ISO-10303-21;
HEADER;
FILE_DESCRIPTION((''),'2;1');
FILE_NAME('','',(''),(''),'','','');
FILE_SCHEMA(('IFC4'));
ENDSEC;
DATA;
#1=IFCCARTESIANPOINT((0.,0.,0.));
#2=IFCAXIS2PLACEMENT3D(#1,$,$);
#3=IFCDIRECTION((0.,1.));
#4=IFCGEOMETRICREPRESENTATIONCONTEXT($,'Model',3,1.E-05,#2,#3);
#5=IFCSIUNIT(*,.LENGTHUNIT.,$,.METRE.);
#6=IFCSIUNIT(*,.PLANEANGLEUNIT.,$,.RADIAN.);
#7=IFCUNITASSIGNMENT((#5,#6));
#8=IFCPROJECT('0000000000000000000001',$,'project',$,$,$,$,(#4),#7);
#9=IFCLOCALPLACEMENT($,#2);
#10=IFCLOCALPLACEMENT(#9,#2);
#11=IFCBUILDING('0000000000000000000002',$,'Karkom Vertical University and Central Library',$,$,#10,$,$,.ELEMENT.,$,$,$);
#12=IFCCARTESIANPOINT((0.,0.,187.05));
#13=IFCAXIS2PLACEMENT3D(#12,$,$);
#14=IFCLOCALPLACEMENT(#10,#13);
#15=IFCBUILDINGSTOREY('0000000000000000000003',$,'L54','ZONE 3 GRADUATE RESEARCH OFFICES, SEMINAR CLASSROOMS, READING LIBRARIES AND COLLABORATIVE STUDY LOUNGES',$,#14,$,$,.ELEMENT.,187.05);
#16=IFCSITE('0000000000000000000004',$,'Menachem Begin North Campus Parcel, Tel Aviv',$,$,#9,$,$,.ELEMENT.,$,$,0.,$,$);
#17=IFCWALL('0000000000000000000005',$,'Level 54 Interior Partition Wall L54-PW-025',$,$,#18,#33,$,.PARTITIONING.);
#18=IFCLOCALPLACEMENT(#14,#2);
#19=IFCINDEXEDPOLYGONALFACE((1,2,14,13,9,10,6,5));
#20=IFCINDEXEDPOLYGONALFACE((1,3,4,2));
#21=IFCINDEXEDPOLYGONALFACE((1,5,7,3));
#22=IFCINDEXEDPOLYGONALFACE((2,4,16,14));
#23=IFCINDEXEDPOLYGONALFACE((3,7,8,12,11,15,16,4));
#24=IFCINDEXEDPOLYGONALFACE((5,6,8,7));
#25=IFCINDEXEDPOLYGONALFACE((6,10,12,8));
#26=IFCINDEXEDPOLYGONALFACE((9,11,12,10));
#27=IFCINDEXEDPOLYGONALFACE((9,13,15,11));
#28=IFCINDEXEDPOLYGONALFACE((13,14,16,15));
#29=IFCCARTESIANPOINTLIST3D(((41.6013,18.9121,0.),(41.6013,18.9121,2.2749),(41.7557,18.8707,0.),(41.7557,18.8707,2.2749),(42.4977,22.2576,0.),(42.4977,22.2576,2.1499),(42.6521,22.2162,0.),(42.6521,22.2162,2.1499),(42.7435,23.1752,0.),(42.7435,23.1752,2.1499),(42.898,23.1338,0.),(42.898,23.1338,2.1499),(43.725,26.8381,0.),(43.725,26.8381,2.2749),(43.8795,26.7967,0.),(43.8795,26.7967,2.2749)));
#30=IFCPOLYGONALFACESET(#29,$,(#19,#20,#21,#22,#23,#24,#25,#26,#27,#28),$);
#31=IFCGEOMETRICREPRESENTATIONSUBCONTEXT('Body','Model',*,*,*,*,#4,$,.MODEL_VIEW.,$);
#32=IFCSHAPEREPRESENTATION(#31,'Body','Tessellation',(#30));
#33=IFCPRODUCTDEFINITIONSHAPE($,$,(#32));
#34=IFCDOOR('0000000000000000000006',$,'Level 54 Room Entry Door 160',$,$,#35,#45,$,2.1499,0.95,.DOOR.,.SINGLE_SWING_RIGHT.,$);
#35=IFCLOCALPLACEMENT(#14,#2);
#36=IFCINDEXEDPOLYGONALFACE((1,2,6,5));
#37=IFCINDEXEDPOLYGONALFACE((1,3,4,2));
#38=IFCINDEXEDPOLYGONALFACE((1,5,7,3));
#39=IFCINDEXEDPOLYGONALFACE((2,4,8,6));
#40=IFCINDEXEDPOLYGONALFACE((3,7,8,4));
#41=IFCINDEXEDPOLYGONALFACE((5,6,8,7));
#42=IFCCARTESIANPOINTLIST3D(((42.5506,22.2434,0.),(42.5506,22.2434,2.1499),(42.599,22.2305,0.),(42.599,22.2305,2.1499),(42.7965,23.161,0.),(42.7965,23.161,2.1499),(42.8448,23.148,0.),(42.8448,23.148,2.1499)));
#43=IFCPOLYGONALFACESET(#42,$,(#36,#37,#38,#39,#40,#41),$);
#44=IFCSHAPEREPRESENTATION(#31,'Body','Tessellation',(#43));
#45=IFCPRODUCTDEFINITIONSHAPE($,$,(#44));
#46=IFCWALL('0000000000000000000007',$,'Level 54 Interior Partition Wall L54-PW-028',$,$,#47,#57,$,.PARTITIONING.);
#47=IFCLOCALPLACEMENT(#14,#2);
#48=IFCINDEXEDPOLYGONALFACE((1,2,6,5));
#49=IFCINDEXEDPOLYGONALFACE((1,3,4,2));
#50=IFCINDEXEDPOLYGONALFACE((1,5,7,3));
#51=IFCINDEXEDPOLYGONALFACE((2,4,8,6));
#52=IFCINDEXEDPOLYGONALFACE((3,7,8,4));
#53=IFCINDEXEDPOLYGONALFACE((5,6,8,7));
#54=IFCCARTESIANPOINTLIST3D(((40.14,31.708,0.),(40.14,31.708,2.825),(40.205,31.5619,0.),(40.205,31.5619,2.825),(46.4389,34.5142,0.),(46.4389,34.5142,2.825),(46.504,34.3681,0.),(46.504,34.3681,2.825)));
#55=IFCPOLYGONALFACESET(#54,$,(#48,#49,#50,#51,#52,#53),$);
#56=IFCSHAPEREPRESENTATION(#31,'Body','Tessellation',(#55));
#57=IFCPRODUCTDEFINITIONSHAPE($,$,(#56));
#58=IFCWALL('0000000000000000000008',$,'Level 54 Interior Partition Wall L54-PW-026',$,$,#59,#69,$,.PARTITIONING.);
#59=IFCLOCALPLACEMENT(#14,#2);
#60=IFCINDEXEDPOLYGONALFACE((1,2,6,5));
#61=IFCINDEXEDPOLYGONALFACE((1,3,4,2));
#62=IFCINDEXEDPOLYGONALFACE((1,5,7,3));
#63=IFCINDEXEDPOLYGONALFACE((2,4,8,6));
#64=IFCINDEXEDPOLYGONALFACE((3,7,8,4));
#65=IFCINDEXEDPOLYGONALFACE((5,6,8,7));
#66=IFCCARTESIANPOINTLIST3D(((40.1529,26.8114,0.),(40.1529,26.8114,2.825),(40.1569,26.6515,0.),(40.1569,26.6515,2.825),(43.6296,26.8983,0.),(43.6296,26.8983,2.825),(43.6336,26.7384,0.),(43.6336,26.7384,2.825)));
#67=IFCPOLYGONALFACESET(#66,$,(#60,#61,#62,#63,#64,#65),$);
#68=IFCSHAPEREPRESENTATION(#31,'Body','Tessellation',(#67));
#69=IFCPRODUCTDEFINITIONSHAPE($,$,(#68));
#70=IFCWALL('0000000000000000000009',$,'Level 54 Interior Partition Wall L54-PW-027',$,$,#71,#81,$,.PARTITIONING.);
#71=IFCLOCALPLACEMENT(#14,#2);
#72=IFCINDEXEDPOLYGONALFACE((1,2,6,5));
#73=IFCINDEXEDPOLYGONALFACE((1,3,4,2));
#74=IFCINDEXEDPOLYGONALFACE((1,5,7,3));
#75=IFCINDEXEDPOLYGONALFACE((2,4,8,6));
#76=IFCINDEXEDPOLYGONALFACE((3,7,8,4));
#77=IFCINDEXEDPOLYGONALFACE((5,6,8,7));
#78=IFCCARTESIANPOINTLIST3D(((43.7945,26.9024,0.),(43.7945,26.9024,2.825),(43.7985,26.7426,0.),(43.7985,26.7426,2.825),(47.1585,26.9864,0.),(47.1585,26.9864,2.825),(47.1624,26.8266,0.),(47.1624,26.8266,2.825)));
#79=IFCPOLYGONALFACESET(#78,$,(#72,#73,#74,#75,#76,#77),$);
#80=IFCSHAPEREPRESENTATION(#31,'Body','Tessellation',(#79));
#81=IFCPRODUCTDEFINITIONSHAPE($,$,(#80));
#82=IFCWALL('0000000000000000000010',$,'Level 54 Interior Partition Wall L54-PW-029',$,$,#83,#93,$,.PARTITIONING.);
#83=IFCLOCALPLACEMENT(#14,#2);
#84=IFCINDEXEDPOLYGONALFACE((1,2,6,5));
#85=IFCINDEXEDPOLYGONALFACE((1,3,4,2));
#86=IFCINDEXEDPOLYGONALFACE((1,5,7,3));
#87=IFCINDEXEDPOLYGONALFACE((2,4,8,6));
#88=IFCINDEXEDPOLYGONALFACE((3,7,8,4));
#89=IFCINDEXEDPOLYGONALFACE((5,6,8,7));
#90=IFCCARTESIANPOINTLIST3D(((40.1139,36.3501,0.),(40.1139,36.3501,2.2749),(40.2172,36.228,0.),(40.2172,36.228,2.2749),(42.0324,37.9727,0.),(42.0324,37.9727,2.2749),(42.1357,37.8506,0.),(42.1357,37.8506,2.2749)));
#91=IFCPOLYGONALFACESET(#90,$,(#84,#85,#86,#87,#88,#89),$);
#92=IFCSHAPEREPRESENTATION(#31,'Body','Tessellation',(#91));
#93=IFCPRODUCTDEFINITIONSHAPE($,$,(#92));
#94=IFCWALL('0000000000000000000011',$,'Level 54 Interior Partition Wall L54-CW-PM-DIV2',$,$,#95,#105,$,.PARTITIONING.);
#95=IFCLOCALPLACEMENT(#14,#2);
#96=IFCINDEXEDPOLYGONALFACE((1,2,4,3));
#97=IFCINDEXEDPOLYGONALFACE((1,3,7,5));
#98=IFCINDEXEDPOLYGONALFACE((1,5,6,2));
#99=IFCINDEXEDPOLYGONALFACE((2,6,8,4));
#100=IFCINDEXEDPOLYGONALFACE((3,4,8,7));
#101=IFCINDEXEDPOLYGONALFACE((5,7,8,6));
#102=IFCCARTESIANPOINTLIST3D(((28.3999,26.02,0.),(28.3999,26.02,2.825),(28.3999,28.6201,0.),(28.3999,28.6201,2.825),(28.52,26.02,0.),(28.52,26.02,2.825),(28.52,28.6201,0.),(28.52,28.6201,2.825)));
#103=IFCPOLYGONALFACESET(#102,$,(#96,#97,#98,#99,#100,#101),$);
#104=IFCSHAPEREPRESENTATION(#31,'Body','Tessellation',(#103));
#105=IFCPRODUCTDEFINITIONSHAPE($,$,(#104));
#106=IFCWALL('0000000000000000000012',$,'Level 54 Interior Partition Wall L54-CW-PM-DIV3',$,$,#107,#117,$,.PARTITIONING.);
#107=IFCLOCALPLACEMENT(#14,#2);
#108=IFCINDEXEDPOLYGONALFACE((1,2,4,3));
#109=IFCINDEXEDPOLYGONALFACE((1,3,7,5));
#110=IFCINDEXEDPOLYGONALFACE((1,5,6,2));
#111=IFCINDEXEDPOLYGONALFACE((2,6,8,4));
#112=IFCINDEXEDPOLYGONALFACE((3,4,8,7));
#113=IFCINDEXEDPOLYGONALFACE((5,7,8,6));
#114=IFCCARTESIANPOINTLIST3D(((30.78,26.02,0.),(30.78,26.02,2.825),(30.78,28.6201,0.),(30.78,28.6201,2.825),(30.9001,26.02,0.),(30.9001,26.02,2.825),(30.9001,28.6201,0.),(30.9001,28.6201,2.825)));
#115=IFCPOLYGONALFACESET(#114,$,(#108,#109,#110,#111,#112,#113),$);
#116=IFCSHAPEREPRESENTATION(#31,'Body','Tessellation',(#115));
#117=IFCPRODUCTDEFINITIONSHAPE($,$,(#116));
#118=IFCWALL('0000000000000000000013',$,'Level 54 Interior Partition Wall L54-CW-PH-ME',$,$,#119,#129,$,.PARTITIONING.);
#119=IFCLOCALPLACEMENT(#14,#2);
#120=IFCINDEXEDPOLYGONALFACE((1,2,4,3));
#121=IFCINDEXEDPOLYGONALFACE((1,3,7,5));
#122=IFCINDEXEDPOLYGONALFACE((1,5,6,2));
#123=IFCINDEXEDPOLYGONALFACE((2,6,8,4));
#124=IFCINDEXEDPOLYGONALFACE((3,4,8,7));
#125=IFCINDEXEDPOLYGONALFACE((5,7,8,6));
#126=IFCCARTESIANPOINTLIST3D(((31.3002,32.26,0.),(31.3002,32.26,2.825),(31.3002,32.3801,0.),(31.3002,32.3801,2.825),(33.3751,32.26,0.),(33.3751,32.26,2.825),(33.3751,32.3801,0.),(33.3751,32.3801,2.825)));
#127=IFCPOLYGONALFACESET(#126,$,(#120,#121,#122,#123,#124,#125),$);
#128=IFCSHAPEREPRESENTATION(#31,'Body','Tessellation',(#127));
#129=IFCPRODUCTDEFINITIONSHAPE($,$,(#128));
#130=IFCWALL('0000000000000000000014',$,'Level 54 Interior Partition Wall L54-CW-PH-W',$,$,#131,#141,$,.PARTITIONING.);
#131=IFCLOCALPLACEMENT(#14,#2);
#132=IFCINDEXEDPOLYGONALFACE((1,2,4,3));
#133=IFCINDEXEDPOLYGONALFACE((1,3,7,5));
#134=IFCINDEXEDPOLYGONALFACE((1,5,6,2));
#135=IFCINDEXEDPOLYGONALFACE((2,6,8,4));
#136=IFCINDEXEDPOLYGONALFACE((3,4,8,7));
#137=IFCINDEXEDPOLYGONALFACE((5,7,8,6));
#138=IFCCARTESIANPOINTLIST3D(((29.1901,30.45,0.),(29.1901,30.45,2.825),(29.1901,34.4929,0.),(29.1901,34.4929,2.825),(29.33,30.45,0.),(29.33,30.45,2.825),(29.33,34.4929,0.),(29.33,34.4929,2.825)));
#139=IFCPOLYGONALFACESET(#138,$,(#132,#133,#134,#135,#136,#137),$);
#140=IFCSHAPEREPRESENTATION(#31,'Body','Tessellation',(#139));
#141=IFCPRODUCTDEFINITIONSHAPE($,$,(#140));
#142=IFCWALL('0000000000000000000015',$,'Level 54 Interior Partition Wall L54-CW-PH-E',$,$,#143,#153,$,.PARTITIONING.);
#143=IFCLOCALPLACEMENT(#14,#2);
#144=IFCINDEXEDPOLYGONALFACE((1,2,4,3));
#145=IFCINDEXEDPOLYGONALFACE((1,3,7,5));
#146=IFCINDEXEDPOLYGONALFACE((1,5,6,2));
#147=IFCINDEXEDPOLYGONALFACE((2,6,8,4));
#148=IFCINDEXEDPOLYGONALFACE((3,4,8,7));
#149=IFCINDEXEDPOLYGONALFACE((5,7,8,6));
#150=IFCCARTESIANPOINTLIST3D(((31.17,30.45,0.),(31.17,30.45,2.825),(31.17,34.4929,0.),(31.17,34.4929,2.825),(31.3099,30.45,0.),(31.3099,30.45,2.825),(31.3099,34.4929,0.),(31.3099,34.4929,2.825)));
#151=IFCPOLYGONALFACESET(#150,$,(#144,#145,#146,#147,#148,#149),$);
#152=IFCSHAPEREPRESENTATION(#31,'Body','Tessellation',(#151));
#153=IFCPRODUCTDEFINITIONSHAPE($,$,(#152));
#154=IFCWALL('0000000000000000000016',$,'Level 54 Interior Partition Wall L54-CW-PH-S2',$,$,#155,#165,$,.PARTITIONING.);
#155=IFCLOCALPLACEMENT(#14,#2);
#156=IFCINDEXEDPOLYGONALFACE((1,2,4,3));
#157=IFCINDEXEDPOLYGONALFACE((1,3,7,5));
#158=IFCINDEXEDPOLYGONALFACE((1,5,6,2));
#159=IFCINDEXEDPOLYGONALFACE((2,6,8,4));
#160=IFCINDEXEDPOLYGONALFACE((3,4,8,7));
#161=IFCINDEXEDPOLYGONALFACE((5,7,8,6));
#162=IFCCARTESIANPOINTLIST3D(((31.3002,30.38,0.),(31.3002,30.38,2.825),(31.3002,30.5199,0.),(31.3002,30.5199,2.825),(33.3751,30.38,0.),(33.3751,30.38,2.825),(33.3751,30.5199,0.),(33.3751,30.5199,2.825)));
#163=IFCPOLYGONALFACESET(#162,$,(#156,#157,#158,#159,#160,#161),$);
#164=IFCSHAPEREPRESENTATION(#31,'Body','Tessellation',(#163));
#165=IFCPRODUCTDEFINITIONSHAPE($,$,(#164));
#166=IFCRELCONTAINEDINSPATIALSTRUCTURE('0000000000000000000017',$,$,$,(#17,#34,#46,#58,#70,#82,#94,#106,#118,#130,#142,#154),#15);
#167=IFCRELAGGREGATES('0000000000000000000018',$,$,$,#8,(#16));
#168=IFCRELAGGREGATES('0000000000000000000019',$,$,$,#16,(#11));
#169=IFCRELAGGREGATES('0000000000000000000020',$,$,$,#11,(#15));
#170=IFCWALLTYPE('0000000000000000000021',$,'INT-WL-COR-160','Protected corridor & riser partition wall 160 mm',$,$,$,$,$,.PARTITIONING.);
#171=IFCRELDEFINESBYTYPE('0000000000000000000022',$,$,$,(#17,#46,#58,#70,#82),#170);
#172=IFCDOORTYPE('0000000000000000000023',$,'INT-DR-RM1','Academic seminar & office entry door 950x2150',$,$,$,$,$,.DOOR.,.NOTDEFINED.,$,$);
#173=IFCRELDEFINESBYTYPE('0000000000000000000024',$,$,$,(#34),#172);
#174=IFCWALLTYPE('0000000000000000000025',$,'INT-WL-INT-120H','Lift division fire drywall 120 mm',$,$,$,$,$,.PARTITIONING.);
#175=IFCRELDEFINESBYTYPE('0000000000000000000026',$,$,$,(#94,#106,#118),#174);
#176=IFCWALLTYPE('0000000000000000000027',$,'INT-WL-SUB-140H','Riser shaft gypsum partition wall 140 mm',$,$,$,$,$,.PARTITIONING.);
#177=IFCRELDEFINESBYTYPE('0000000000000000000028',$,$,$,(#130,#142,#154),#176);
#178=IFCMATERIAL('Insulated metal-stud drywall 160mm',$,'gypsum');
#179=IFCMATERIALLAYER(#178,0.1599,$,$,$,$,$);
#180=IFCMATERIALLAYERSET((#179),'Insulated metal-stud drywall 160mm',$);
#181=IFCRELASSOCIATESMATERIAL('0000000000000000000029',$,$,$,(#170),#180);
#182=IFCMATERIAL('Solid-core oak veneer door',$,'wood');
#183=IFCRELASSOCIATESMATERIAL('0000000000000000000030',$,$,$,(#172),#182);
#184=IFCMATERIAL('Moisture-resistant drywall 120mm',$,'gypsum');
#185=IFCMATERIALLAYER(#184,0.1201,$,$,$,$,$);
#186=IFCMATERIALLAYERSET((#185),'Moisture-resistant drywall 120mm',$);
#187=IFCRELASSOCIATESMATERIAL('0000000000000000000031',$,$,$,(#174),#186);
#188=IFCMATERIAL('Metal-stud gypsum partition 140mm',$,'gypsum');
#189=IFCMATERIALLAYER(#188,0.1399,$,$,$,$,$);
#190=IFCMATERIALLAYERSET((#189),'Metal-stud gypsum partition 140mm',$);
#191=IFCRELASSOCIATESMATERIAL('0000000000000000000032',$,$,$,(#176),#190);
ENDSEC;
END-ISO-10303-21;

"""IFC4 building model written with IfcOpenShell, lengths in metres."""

from ifc_helpers import new_model, si_unit, direction, frame, frame_2d, origin, origin_with_axes, place, context, subcontext, project, spatial, rectangle, extrude, source, transform, mapped, material, layer, layer_set, type_object, element, fill, save


model = new_model("IFC4")

# Units and contexts
model_context = context("Model", 3, precision=1e-05, world=origin(), true_north=direction((0.0, 1.0)))
body_context = subcontext(model_context, "Body", "Model", "MODEL_VIEW")
ifc_project = project(units=[si_unit("LENGTHUNIT", "METRE"), si_unit("PLANEANGLEUNIT", "RADIAN")], contexts=[model_context])

# Site, building, storey
site_placement = place(None, origin())
site = spatial("IfcSite", under=ifc_project, at=site_placement, Name="Menachem Begin North Campus Parcel, Tel Aviv", CompositionType="ELEMENT", RefElevation=0.0)
building_placement = place(site_placement, origin())
building = spatial("IfcBuilding", under=site, at=building_placement, Name="Karkom Vertical University and Central Library", CompositionType="ELEMENT")
storey_placement = place(building_placement, frame((0.0, 0.0, 187.05)))
storey = spatial("IfcBuildingStorey", under=building, at=storey_placement, Name="L54", Description="ZONE 3 GRADUATE RESEARCH OFFICES, SEMINAR CLASSROOMS, READING LIBRARIES AND COLLABORATIVE STUDY LOUNGES", CompositionType="ELEMENT", Elevation=187.05)

# Wall, opening, door
ifc_material_1 = material(Name="Insulated metal-stud drywall 160mm", Category="gypsum")
ifc_layer_1 = layer(ifc_material_1, 0.1599)
ifc_layer_set_1 = layer_set([ifc_layer_1], Name="Insulated metal-stud drywall 160mm")
wall_type_1 = type_object("IfcWallType", Name="INT-WL-COR-160", Description="Protected corridor & riser partition wall 160 mm", PredefinedType="PARTITIONING", material=ifc_layer_set_1)
ifc_material_2 = material(Name="Solid-core oak veneer door", Category="wood")
door_type_1 = type_object("IfcDoorType", Name="INT-DR-RM1", Description="Academic seminar & office entry door 950x2150", OperationType="NOTDEFINED", PredefinedType="DOOR", material=ifc_material_2)
shared_shape_1 = source(origin_with_axes(), body_context, "Body", "SweptSolid", [
    extrude(rectangle(XDim=0.95, YDim=2.1499, at=frame_2d((0.4751, 1.075))), frame((0.0, 0.0249, 0.0), z_axis=(0.0, -1.0, 0.0), x_axis=(1.0, 0.0, 0.0)), (0.0, 0.0, 1.0), 0.05),
])
wall_1_placement = place(storey_placement, frame((43.8022, 26.8174, 0.0), z_axis=(0.0, 0.0, 1.0), x_axis=(-0.25882, -0.965926, 0.0)))
wall_1 = element("IfcWall", 1, at=wall_1_placement, inside=storey, type_object=wall_type_1, Name="Level 54 Interior Partition Wall L54-PW-025", PredefinedType="PARTITIONING", context=body_context, shape_type="SweptSolid", body=[
    extrude(rectangle(XDim=8.2056, YDim=0.1599, at=frame_2d((4.1028, 0.0))), origin(), (0.0, 0.0, 1.0), 2.2749),
])
opening_1_placement = place(wall_1_placement, frame((3.792, 0.0, 0.0)))
opening_1 = element("IfcOpeningElement", 2, at=opening_1_placement, cuts=wall_1, PredefinedType="OPENING", context=body_context, shape_type="SweptSolid", body=[
    extrude(rectangle(XDim=0.95, YDim=2.1499, at=frame_2d((0.4751, 1.075))), frame((0.0, 0.0898, 0.0), z_axis=(0.0, -1.0, 0.0), x_axis=(1.0, 0.0, 0.0)), (0.0, 0.0, 1.0), 0.1799),
])
door_1_placement = place(opening_1_placement, origin())
door_1 = element("IfcDoor", 3, at=door_1_placement, inside=storey, type_object=door_type_1, Name="Level 54 Room Entry Door 160", OperationType="SINGLE_SWING_RIGHT", OverallHeight=2.1499, OverallWidth=0.95, PredefinedType="DOOR", context=body_context, shape_type="MappedRepresentation", body=[
    mapped(shared_shape_1, transform((0.0, 0.0, 0.0), scale=1.0)),
])
fill(opening_1, door_1)

# Walls
wall_2_placement = place(storey_placement, frame((40.1726, 31.635, 0.0), z_axis=(0.0, 0.0, 1.0), x_axis=(0.913452, 0.406946, 0.0)))
element("IfcWall", 4, at=wall_2_placement, inside=storey, type_object=wall_type_1, Name="Level 54 Interior Partition Wall L54-PW-028", PredefinedType="PARTITIONING", context=body_context, shape_type="SweptSolid", body=[
    extrude(rectangle(XDim=6.8958, YDim=0.1599, at=frame_2d((3.4478, 0.0))), origin(), (0.0, 0.0, 1.0), 2.825),
])
wall_3_placement = place(storey_placement, frame((40.155, 26.7314, 0.0), z_axis=(0.0, 0.0, 1.0), x_axis=(0.999688, 0.02499, 0.0)))
element("IfcWall", 5, at=wall_3_placement, inside=storey, type_object=wall_type_1, Name="Level 54 Interior Partition Wall L54-PW-026", PredefinedType="PARTITIONING", context=body_context, shape_type="SweptSolid", body=[
    extrude(rectangle(XDim=3.4778, YDim=0.1599, at=frame_2d((1.7388, 0.0))), origin(), (0.0, 0.0, 1.0), 2.825),
])
wall_4_placement = place(storey_placement, frame((43.7964, 26.8225, 0.0), z_axis=(0.0, 0.0, 1.0), x_axis=(0.999689, 0.024958, 0.0)))
element("IfcWall", 6, at=wall_4_placement, inside=storey, type_object=wall_type_1, Name="Level 54 Interior Partition Wall L54-PW-027", PredefinedType="PARTITIONING", context=body_context, shape_type="SweptSolid", body=[
    extrude(rectangle(XDim=3.365, YDim=0.1599, at=frame_2d((1.6826, 0.0))), origin(), (0.0, 0.0, 1.0), 2.825),
])
wall_5_placement = place(storey_placement, frame((40.1655, 36.2891, 0.0), z_axis=(0.0, 0.0, 1.0), x_axis=(0.763534, 0.645768, 0.0)))
element("IfcWall", 7, at=wall_5_placement, inside=storey, type_object=wall_type_1, Name="Level 54 Interior Partition Wall L54-PW-029", PredefinedType="PARTITIONING", context=body_context, shape_type="SweptSolid", body=[
    extrude(rectangle(XDim=2.5127, YDim=0.1599, at=frame_2d((1.2563, 0.0))), origin(), (0.0, 0.0, 1.0), 2.2749),
])
ifc_material_3 = material(Name="Moisture-resistant drywall 120mm", Category="gypsum")
ifc_layer_2 = layer(ifc_material_3, 0.1201)
ifc_layer_set_2 = layer_set([ifc_layer_2], Name="Moisture-resistant drywall 120mm")
wall_type_2 = type_object("IfcWallType", Name="INT-WL-INT-120H", Description="Lift division fire drywall 120 mm", PredefinedType="PARTITIONING", material=ifc_layer_set_2)
for number, where, z_axis, x_axis, name in (
    (8, (28.46, 26.02, 0.0), (0.0, 0.0, 1.0), (0.0, 1.0, 0.0), "Level 54 Interior Partition Wall L54-CW-PM-DIV2"),
    (9, (30.8401, 26.02, 0.0), (0.0, 0.0, 1.0), (0.0, 1.0, 0.0), "Level 54 Interior Partition Wall L54-CW-PM-DIV3"),
):
    element("IfcWall", number, at=place(storey_placement, frame(where, z_axis=z_axis, x_axis=x_axis)), inside=storey, type_object=wall_type_2, Name=name, PredefinedType="PARTITIONING", context=body_context, shape_type="SweptSolid", body=[
        extrude(rectangle(XDim=2.6001, YDim=0.1201, at=frame_2d((1.3, 0.0))), origin(), (0.0, 0.0, 1.0), 2.825),
    ])
wall_6_placement = place(storey_placement, frame((31.3, 32.3201, 0.0), z_axis=(0.0, 0.0, 1.0), x_axis=(1.0, 0.0, 0.0)))
element("IfcWall", 10, at=wall_6_placement, inside=storey, type_object=wall_type_2, Name="Level 54 Interior Partition Wall L54-CW-PH-ME", PredefinedType="PARTITIONING", context=body_context, shape_type="SweptSolid", body=[
    extrude(rectangle(XDim=2.075, YDim=0.1201, at=frame_2d((1.0376, 0.0))), origin(), (0.0, 0.0, 1.0), 2.825),
])
ifc_material_4 = material(Name="Metal-stud gypsum partition 140mm", Category="gypsum")
ifc_layer_3 = layer(ifc_material_4, 0.1399)
ifc_layer_set_3 = layer_set([ifc_layer_3], Name="Metal-stud gypsum partition 140mm")
wall_type_3 = type_object("IfcWallType", Name="INT-WL-SUB-140H", Description="Riser shaft gypsum partition wall 140 mm", PredefinedType="PARTITIONING", material=ifc_layer_set_3)
for number, where, z_axis, x_axis, name in (
    (11, (29.26, 30.45, 0.0), (0.0, 0.0, 1.0), (0.0, 1.0, 0.0), "Level 54 Interior Partition Wall L54-CW-PH-W"),
    (12, (31.24, 30.45, 0.0), (0.0, 0.0, 1.0), (0.0, 1.0, 0.0), "Level 54 Interior Partition Wall L54-CW-PH-E"),
):
    element("IfcWall", number, at=place(storey_placement, frame(where, z_axis=z_axis, x_axis=x_axis)), inside=storey, type_object=wall_type_3, Name=name, PredefinedType="PARTITIONING", context=body_context, shape_type="SweptSolid", body=[
        extrude(rectangle(XDim=4.043, YDim=0.1399, at=frame_2d((2.0215, 0.0))), origin(), (0.0, 0.0, 1.0), 2.825),
    ])
wall_7_placement = place(storey_placement, frame((31.3, 30.45, 0.0), z_axis=(0.0, 0.0, 1.0), x_axis=(1.0, 0.0, 0.0)))
element("IfcWall", 13, at=wall_7_placement, inside=storey, type_object=wall_type_3, Name="Level 54 Interior Partition Wall L54-CW-PH-S2", PredefinedType="PARTITIONING", context=body_context, shape_type="SweptSolid", body=[
    extrude(rectangle(XDim=2.075, YDim=0.1399, at=frame_2d((1.0376, 0.0))), origin(), (0.0, 0.0, 1.0), 2.825),
])

save(model, "model.ifc")
